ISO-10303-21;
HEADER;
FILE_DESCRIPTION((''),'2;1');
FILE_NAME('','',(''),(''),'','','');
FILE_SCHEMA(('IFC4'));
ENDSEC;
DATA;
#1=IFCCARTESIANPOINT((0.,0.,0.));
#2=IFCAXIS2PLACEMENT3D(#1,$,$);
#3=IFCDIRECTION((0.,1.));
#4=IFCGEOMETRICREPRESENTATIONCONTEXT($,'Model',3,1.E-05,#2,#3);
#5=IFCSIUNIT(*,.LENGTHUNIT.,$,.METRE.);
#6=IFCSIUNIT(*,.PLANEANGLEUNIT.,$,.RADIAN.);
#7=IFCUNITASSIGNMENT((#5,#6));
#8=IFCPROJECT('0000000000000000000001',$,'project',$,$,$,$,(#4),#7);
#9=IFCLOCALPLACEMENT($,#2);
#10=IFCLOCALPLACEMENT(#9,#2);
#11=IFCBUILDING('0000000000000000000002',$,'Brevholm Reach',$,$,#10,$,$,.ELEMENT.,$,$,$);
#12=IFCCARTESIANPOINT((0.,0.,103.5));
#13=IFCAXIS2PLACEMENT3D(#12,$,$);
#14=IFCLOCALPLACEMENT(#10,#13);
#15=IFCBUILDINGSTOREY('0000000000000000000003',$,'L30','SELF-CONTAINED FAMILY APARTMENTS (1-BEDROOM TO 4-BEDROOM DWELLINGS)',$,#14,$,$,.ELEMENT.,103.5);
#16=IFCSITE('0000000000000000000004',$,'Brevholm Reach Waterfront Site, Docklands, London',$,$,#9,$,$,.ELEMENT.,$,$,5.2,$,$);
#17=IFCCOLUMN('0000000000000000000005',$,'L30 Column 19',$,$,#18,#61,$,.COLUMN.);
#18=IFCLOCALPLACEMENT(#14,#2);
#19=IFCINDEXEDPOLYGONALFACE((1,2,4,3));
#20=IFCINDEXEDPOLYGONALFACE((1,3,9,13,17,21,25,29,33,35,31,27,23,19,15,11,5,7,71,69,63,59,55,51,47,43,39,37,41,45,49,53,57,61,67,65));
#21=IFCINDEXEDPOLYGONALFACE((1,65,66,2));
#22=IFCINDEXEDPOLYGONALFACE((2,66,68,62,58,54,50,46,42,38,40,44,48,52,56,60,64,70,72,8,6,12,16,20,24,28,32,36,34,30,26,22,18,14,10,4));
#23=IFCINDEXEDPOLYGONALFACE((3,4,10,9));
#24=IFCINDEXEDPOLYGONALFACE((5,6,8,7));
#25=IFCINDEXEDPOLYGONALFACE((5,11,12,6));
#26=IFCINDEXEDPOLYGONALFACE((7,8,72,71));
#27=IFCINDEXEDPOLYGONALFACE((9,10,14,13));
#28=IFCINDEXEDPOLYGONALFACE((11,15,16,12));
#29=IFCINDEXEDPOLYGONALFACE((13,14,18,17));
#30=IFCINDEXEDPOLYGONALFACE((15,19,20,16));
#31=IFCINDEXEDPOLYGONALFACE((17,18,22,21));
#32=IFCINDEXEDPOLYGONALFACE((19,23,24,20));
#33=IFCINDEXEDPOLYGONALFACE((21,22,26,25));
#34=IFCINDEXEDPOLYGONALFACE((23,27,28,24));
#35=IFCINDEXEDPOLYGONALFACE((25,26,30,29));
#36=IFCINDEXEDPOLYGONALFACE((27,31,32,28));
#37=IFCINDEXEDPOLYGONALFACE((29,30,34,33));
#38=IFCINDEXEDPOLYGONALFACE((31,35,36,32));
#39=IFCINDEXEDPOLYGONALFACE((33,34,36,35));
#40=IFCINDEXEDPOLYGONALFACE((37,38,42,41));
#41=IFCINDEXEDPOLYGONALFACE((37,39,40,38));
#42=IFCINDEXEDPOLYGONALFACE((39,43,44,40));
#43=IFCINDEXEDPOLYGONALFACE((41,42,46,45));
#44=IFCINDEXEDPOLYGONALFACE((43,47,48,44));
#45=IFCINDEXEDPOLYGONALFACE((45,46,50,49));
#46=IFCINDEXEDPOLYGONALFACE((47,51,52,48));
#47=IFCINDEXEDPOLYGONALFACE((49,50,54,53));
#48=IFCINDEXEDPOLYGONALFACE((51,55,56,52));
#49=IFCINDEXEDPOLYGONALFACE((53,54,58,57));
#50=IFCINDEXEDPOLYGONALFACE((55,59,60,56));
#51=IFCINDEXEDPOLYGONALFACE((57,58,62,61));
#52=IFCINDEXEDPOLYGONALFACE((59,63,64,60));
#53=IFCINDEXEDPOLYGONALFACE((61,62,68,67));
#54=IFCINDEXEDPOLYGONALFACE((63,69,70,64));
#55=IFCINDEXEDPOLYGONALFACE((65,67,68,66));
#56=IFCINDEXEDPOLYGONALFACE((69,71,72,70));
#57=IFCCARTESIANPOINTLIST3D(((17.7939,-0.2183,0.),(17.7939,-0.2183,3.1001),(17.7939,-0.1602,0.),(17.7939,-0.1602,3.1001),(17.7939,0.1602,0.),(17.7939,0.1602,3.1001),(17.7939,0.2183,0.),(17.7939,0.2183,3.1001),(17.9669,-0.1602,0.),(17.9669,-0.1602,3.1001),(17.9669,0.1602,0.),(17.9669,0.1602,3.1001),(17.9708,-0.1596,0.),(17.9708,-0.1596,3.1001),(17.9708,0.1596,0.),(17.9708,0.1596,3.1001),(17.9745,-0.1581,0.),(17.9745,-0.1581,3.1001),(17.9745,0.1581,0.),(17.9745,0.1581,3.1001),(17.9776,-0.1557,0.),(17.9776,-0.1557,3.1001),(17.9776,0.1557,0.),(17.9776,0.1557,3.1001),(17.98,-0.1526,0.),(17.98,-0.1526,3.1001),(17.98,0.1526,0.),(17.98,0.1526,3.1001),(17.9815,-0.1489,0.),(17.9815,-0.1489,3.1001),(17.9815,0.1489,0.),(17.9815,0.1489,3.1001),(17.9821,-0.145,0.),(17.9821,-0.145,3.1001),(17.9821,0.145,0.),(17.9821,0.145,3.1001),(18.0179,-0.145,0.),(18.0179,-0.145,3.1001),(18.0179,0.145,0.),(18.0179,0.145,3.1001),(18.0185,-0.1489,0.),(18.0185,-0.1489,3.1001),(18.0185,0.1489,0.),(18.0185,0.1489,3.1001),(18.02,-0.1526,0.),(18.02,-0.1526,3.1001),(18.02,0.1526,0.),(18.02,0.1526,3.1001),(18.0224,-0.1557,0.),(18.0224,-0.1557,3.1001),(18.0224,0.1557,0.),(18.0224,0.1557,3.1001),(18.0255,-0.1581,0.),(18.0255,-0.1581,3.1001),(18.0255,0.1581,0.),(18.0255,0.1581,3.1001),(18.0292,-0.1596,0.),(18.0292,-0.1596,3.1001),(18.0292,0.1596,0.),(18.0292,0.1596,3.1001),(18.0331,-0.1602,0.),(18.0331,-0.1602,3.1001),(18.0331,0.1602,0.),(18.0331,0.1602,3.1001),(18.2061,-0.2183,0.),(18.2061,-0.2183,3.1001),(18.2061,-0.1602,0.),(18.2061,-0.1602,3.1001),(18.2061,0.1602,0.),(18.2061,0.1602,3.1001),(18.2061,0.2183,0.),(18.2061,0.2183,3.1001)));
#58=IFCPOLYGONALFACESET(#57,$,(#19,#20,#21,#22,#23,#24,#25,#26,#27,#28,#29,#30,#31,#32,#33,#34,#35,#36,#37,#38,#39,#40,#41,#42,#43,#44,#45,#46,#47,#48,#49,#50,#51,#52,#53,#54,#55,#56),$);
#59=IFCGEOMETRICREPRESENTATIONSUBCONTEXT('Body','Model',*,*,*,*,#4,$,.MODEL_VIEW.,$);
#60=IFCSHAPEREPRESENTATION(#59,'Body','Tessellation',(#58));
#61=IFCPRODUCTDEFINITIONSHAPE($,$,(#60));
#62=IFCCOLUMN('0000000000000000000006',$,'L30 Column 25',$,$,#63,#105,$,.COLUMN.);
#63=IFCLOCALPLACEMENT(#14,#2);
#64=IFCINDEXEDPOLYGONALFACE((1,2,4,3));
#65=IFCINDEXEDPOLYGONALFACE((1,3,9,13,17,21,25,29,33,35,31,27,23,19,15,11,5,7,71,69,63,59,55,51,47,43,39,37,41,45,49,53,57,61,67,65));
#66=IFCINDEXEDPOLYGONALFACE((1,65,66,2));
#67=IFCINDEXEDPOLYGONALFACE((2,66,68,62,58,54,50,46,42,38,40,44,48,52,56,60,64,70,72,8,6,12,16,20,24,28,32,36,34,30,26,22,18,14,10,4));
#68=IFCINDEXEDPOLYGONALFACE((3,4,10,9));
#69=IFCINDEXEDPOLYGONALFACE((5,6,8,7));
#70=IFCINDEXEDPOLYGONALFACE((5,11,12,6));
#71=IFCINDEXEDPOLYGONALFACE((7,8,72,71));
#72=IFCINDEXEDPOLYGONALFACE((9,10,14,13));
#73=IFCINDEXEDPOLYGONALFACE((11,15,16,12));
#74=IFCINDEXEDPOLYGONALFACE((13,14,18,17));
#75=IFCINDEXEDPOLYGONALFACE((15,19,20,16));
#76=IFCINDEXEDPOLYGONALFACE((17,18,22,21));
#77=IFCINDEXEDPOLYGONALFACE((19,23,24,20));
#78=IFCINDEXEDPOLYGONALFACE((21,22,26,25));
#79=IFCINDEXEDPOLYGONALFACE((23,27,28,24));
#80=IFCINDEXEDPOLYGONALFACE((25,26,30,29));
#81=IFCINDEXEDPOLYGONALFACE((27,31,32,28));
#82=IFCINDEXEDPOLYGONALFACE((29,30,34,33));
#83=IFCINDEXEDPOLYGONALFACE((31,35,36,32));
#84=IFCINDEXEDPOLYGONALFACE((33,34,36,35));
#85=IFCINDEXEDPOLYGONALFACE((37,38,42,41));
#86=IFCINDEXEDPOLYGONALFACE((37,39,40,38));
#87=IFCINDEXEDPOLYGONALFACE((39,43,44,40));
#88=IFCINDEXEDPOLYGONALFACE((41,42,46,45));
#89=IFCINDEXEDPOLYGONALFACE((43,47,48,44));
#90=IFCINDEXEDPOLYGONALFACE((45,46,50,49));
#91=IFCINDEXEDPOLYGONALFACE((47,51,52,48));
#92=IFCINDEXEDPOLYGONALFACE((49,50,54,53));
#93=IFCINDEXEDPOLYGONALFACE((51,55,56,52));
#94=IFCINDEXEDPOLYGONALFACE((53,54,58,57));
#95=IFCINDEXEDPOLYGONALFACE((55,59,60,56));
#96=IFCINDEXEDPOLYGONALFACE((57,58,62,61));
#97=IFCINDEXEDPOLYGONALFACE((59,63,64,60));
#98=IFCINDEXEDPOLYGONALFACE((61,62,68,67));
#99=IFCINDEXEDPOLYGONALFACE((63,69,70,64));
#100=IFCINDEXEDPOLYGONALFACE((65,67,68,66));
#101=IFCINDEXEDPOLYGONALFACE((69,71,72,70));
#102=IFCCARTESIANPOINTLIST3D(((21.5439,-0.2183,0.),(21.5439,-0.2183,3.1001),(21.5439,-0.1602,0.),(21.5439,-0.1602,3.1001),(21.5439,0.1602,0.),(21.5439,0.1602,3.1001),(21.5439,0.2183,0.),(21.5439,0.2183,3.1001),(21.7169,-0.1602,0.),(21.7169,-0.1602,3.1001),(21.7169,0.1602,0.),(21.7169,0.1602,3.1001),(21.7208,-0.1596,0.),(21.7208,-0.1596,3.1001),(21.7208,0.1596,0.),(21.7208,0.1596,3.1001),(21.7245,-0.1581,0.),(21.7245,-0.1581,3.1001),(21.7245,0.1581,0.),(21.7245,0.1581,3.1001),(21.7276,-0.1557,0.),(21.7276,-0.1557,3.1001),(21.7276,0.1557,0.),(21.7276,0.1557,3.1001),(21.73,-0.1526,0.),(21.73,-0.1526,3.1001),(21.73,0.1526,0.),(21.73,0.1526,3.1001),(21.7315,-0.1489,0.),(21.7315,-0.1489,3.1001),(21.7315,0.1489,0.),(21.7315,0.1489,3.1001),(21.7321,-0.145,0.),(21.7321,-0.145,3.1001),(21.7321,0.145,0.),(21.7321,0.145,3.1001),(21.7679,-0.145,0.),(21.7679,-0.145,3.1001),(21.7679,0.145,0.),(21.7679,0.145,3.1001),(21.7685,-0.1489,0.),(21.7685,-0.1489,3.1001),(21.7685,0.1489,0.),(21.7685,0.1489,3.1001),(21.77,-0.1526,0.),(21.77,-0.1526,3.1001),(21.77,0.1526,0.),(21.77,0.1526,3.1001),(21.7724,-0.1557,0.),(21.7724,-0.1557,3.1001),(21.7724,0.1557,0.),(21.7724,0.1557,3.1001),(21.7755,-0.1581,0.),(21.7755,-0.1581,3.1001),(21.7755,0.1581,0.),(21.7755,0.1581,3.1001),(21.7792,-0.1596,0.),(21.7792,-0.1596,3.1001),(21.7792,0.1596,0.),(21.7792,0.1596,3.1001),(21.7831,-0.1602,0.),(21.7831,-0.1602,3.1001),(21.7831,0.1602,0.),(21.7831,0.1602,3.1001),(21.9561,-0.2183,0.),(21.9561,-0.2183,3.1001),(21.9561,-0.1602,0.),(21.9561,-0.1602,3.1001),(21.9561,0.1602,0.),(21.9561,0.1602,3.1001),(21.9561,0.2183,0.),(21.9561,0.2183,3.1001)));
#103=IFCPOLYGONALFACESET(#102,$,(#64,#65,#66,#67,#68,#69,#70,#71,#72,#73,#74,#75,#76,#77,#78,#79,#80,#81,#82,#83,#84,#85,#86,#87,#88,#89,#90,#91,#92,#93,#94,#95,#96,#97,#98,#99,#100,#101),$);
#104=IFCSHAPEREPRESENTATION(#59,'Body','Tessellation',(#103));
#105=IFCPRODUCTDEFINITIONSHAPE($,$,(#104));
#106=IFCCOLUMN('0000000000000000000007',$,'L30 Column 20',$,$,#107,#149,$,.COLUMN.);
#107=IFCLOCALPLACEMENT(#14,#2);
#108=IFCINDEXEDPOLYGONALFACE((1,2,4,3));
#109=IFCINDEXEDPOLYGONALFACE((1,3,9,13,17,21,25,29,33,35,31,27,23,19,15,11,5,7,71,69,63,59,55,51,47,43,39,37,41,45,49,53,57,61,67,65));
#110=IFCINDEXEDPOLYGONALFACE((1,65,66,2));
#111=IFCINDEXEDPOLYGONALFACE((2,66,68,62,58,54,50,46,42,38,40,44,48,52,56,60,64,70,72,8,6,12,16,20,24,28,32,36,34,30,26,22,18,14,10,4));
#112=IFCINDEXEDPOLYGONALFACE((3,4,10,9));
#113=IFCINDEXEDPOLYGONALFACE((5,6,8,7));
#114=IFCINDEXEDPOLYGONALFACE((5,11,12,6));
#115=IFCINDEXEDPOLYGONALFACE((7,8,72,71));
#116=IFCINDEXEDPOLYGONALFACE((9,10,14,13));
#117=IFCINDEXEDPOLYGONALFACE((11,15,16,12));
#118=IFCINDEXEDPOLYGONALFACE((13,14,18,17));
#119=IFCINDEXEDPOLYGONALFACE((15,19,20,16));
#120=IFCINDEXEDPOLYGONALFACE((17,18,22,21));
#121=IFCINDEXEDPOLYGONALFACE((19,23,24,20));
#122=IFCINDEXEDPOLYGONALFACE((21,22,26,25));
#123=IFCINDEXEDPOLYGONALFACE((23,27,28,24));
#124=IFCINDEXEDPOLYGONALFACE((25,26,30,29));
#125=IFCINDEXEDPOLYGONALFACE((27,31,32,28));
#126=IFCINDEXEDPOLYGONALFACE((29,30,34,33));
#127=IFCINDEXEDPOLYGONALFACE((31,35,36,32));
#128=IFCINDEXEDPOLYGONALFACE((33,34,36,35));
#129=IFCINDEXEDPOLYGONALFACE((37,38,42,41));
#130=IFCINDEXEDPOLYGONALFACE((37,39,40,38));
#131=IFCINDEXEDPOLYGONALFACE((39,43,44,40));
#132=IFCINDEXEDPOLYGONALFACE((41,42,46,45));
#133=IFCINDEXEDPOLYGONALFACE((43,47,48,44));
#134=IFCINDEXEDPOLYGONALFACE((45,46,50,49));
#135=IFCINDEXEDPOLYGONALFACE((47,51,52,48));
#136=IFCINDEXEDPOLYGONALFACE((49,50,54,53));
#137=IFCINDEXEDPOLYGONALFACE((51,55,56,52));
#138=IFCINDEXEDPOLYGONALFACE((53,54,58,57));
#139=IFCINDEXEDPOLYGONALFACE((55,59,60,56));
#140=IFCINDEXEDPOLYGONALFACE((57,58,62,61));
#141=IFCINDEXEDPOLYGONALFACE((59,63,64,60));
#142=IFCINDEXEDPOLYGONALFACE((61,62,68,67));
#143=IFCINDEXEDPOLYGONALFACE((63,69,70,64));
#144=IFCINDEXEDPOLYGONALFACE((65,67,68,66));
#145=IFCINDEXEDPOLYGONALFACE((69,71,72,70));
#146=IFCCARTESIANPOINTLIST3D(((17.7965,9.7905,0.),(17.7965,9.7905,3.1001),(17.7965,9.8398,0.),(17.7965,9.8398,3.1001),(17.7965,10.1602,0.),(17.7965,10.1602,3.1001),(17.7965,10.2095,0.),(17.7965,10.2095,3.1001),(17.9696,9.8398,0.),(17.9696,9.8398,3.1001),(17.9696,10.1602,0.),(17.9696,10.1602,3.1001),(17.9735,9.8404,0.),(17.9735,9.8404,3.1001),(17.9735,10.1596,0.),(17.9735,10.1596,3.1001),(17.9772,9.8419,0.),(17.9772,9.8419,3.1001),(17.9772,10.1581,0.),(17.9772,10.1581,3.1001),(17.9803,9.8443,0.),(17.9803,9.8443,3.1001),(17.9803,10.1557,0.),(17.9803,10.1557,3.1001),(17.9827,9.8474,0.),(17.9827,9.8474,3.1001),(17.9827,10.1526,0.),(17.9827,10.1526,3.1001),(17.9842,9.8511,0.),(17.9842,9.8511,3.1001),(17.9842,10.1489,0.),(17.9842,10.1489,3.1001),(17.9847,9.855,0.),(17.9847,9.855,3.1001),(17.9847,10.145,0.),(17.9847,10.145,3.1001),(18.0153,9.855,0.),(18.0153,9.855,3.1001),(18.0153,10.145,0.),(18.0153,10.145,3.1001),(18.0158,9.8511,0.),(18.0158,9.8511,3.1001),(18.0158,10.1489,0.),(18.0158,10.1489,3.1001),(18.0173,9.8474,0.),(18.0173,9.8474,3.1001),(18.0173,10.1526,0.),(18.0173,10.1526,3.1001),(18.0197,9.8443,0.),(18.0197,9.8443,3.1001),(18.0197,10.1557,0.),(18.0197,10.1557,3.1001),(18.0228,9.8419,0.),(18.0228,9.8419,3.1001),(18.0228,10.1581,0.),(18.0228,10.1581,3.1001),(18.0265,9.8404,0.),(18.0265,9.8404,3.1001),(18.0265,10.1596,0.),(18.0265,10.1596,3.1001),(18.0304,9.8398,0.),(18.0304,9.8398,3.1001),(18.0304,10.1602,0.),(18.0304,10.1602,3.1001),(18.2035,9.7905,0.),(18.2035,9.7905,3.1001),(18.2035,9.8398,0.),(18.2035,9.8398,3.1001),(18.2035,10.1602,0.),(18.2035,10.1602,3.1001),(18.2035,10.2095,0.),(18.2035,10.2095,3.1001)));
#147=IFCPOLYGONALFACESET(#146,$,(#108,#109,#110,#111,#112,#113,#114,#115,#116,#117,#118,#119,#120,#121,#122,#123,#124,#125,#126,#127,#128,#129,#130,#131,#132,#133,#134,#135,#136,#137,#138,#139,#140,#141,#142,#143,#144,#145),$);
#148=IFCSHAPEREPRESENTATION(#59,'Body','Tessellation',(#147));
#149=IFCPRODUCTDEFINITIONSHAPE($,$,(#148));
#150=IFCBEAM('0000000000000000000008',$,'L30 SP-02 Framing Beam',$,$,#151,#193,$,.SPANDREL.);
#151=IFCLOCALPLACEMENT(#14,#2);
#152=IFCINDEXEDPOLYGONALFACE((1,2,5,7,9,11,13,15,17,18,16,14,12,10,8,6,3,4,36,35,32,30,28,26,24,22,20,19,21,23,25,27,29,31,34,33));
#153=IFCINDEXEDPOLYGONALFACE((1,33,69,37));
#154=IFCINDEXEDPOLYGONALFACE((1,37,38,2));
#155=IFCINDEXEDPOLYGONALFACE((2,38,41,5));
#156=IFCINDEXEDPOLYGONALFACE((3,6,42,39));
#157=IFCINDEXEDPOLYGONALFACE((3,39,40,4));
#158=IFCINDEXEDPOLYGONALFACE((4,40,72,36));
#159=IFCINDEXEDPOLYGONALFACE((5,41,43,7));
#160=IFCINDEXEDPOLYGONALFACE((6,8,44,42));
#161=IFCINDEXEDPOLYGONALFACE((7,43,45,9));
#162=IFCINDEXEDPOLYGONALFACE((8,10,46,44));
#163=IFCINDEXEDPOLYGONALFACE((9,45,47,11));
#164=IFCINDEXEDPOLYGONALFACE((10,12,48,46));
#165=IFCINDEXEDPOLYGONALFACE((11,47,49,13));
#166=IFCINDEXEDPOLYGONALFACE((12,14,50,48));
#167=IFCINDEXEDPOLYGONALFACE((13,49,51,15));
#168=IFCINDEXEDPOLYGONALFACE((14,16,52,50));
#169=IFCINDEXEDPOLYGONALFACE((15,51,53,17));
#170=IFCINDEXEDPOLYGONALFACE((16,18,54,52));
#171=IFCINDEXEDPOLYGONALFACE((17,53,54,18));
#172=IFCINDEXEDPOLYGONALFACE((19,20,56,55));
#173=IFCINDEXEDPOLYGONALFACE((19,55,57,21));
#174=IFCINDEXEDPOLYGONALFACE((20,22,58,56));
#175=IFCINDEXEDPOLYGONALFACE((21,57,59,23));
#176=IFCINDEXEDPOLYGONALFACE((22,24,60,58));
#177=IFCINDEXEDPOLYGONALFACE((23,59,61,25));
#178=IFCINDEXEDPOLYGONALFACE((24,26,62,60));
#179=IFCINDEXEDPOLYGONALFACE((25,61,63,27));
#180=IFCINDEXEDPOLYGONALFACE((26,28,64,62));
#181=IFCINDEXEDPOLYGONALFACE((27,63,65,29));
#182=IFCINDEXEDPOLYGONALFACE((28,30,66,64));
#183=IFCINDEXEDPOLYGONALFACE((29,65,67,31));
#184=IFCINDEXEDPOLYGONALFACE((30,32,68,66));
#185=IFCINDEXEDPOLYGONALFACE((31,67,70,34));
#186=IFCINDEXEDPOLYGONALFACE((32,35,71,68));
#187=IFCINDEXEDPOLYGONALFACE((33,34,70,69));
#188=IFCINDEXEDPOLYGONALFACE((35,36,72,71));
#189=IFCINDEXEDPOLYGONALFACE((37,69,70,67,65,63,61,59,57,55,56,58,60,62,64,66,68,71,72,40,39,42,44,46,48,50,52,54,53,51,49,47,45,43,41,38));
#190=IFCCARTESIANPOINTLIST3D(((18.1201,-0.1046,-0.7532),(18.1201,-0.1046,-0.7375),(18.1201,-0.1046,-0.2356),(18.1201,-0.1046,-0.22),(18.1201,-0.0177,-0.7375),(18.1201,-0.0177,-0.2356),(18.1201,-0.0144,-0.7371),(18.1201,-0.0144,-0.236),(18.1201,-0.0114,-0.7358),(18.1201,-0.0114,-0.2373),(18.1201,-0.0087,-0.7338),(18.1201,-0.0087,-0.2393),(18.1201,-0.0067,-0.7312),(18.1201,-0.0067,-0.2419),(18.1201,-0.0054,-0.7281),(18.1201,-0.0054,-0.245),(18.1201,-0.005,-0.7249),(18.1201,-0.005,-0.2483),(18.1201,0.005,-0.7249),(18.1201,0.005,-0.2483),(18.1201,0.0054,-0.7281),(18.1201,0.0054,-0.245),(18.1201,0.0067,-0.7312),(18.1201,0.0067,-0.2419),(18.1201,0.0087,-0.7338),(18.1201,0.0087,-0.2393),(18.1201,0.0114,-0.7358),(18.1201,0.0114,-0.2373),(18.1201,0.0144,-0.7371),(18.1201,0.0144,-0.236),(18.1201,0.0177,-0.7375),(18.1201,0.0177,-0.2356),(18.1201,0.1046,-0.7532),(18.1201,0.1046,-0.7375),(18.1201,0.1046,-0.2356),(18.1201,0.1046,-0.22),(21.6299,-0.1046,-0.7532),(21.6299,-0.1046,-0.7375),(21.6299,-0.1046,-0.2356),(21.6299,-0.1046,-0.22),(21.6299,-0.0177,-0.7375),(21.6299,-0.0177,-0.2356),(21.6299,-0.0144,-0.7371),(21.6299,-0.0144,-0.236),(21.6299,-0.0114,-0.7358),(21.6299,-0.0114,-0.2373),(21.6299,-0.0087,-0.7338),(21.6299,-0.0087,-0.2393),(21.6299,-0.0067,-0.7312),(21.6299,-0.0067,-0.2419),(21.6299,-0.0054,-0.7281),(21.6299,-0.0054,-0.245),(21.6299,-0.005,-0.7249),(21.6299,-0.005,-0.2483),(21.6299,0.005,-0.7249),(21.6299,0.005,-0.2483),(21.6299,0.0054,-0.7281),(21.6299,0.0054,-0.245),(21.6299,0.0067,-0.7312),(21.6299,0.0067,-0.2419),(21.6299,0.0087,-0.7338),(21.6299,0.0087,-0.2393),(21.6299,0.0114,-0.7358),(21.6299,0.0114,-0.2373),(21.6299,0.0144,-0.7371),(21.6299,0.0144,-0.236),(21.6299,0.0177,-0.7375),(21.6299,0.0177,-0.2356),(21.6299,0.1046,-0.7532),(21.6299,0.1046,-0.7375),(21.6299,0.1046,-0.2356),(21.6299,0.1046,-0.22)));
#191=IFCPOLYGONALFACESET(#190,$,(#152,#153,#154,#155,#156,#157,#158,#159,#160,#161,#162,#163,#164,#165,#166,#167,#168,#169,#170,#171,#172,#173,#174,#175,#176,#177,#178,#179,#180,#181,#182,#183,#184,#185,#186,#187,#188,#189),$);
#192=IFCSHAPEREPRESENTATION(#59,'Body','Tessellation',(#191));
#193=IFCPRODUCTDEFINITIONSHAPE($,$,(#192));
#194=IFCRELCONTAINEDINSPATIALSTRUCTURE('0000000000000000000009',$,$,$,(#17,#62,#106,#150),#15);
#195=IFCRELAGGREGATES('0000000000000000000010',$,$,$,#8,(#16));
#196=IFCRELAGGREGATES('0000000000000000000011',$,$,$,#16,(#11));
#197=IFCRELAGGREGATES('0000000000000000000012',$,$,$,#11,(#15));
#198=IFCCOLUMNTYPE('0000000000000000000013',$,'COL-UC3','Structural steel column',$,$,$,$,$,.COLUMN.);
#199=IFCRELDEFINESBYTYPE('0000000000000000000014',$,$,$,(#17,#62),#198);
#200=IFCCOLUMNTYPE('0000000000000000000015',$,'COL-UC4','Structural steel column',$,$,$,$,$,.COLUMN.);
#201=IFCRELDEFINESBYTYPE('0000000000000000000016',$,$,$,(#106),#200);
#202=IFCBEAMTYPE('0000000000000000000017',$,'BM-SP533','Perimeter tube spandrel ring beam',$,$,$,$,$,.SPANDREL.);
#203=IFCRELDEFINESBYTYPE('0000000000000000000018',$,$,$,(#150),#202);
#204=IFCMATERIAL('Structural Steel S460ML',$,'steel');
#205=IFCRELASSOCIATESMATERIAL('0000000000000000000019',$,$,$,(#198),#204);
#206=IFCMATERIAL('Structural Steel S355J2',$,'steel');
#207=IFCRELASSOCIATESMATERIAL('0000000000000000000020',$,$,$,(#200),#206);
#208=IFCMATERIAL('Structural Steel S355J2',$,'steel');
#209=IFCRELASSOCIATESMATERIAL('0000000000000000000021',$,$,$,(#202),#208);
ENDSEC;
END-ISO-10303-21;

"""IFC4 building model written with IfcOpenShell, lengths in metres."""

from ifc_helpers import new_model, si_unit, direction, frame, origin, origin_2d, place, context, subcontext, project, spatial, i_section, extrude, material, material_profile, profile_set, type_object, element, save


model = new_model("IFC4")

# Units and contexts
model_context = context("Model", 3, precision=1e-05, world=origin(), true_north=direction((0.0, 1.0)))
body_context = subcontext(model_context, "Body", "Model", "MODEL_VIEW")
ifc_project = project(units=[si_unit("LENGTHUNIT", "METRE"), si_unit("PLANEANGLEUNIT", "RADIAN")], contexts=[model_context])

# Site, building, storey
site_placement = place(None, origin())
site = spatial("IfcSite", under=ifc_project, at=site_placement, Name="Brevholm Reach Waterfront Site, Docklands, London", CompositionType="ELEMENT", RefElevation=5.2)
building_placement = place(site_placement, origin())
building = spatial("IfcBuilding", under=site, at=building_placement, Name="Brevholm Reach", CompositionType="ELEMENT")
storey_placement = place(building_placement, frame((0.0, 0.0, 103.5)))
storey = spatial("IfcBuildingStorey", under=building, at=storey_placement, Name="L30", Description="SELF-CONTAINED FAMILY APARTMENTS (1-BEDROOM TO 4-BEDROOM DWELLINGS)", CompositionType="ELEMENT", Elevation=103.5)

# Columns
ifc_material_1 = material(Name="Structural Steel S460ML", Category="steel")
ifc_material_profile_1 = material_profile(ifc_material_1, i_section(OverallWidth=0.4121, OverallDepth=0.4365, WebThickness=0.0359, FlangeThickness=0.0581, FilletRadius=0.0151, at=origin_2d()), Name="UKC 356x406x467")
ifc_profile_set_1 = profile_set([ifc_material_profile_1], Name="Structural Steel S460ML")
column_type_1 = type_object("IfcColumnType", Name="COL-UC3", Description="Structural steel column", PredefinedType="COLUMN", material=ifc_profile_set_1)
for number, where, z_axis, x_axis, name in (
    (1, (18.0, 0.0, 0.0), (0.0, 0.0, 1.0), (1.0, 0.0, 0.0), "L30 Column 19"),
    (2, (21.75, 0.0, 0.0), (0.0, 0.0, 1.0), (1.0, 0.0, 0.0), "L30 Column 25"),
):
    element("IfcColumn", number, at=place(storey_placement, frame(where, z_axis=z_axis, x_axis=x_axis)), inside=storey, type_object=column_type_1, Name=name, PredefinedType="COLUMN", context=body_context, shape_type="SweptSolid", body=[
        extrude(i_section(OverallWidth=0.4121, OverallDepth=0.4365, WebThickness=0.0359, FlangeThickness=0.0581, FilletRadius=0.0151, at=origin_2d()), origin(), (0.0, 0.0, 1.0), 3.1001),
    ])
ifc_material_2 = material(Name="Structural Steel S355J2", Category="steel")
ifc_material_profile_2 = material_profile(ifc_material_2, i_section(OverallWidth=0.407, OverallDepth=0.4189, WebThickness=0.0305, FlangeThickness=0.0493, FilletRadius=0.0151, at=origin_2d()), Name="UKC 356x406x393")
ifc_profile_set_2 = profile_set([ifc_material_profile_2], Name="Structural Steel S355J2")
column_type_2 = type_object("IfcColumnType", Name="COL-UC4", Description="Structural steel column", PredefinedType="COLUMN", material=ifc_profile_set_2)
column_placement = place(storey_placement, frame((18.0, 10.0, 0.0), z_axis=(0.0, 0.0, 1.0), x_axis=(1.0, 0.0, 0.0)))
element("IfcColumn", 3, at=column_placement, inside=storey, type_object=column_type_2, Name="L30 Column 20", PredefinedType="COLUMN", context=body_context, shape_type="SweptSolid", body=[
    extrude(i_section(OverallWidth=0.407, OverallDepth=0.4189, WebThickness=0.0305, FlangeThickness=0.0493, FilletRadius=0.0151, at=origin_2d()), origin(), (0.0, 0.0, 1.0), 3.1001),
])

# Beam
ifc_material_3 = material(Name="Structural Steel S355J2", Category="steel")
ifc_material_profile_3 = material_profile(ifc_material_3, i_section(OverallWidth=0.2092, OverallDepth=0.5332, WebThickness=0.01, FlangeThickness=0.0156, FilletRadius=0.0127, at=origin_2d()), Name="UKB 533x210x92")
ifc_profile_set_3 = profile_set([ifc_material_profile_3], Name="Structural Steel S355J2")
beam_type_1 = type_object("IfcBeamType", Name="BM-SP533", Description="Perimeter tube spandrel ring beam", PredefinedType="SPANDREL", material=ifc_profile_set_3)
beam_1_placement = place(storey_placement, frame((18.1201, 0.0, -0.4866), z_axis=(1.0, 0.0, 0.0), x_axis=(0.0, 1.0, 0.0)))
element("IfcBeam", 4, at=beam_1_placement, inside=storey, type_object=beam_type_1, Name="L30 SP-02 Framing Beam", PredefinedType="SPANDREL", context=body_context, shape_type="SweptSolid", body=[
    extrude(i_section(OverallWidth=0.2092, OverallDepth=0.5332, WebThickness=0.01, FlangeThickness=0.0156, FilletRadius=0.0127, at=origin_2d()), origin(), (0.0, 0.0, 1.0), 3.5098),
])

save(model, "model.ifc")
